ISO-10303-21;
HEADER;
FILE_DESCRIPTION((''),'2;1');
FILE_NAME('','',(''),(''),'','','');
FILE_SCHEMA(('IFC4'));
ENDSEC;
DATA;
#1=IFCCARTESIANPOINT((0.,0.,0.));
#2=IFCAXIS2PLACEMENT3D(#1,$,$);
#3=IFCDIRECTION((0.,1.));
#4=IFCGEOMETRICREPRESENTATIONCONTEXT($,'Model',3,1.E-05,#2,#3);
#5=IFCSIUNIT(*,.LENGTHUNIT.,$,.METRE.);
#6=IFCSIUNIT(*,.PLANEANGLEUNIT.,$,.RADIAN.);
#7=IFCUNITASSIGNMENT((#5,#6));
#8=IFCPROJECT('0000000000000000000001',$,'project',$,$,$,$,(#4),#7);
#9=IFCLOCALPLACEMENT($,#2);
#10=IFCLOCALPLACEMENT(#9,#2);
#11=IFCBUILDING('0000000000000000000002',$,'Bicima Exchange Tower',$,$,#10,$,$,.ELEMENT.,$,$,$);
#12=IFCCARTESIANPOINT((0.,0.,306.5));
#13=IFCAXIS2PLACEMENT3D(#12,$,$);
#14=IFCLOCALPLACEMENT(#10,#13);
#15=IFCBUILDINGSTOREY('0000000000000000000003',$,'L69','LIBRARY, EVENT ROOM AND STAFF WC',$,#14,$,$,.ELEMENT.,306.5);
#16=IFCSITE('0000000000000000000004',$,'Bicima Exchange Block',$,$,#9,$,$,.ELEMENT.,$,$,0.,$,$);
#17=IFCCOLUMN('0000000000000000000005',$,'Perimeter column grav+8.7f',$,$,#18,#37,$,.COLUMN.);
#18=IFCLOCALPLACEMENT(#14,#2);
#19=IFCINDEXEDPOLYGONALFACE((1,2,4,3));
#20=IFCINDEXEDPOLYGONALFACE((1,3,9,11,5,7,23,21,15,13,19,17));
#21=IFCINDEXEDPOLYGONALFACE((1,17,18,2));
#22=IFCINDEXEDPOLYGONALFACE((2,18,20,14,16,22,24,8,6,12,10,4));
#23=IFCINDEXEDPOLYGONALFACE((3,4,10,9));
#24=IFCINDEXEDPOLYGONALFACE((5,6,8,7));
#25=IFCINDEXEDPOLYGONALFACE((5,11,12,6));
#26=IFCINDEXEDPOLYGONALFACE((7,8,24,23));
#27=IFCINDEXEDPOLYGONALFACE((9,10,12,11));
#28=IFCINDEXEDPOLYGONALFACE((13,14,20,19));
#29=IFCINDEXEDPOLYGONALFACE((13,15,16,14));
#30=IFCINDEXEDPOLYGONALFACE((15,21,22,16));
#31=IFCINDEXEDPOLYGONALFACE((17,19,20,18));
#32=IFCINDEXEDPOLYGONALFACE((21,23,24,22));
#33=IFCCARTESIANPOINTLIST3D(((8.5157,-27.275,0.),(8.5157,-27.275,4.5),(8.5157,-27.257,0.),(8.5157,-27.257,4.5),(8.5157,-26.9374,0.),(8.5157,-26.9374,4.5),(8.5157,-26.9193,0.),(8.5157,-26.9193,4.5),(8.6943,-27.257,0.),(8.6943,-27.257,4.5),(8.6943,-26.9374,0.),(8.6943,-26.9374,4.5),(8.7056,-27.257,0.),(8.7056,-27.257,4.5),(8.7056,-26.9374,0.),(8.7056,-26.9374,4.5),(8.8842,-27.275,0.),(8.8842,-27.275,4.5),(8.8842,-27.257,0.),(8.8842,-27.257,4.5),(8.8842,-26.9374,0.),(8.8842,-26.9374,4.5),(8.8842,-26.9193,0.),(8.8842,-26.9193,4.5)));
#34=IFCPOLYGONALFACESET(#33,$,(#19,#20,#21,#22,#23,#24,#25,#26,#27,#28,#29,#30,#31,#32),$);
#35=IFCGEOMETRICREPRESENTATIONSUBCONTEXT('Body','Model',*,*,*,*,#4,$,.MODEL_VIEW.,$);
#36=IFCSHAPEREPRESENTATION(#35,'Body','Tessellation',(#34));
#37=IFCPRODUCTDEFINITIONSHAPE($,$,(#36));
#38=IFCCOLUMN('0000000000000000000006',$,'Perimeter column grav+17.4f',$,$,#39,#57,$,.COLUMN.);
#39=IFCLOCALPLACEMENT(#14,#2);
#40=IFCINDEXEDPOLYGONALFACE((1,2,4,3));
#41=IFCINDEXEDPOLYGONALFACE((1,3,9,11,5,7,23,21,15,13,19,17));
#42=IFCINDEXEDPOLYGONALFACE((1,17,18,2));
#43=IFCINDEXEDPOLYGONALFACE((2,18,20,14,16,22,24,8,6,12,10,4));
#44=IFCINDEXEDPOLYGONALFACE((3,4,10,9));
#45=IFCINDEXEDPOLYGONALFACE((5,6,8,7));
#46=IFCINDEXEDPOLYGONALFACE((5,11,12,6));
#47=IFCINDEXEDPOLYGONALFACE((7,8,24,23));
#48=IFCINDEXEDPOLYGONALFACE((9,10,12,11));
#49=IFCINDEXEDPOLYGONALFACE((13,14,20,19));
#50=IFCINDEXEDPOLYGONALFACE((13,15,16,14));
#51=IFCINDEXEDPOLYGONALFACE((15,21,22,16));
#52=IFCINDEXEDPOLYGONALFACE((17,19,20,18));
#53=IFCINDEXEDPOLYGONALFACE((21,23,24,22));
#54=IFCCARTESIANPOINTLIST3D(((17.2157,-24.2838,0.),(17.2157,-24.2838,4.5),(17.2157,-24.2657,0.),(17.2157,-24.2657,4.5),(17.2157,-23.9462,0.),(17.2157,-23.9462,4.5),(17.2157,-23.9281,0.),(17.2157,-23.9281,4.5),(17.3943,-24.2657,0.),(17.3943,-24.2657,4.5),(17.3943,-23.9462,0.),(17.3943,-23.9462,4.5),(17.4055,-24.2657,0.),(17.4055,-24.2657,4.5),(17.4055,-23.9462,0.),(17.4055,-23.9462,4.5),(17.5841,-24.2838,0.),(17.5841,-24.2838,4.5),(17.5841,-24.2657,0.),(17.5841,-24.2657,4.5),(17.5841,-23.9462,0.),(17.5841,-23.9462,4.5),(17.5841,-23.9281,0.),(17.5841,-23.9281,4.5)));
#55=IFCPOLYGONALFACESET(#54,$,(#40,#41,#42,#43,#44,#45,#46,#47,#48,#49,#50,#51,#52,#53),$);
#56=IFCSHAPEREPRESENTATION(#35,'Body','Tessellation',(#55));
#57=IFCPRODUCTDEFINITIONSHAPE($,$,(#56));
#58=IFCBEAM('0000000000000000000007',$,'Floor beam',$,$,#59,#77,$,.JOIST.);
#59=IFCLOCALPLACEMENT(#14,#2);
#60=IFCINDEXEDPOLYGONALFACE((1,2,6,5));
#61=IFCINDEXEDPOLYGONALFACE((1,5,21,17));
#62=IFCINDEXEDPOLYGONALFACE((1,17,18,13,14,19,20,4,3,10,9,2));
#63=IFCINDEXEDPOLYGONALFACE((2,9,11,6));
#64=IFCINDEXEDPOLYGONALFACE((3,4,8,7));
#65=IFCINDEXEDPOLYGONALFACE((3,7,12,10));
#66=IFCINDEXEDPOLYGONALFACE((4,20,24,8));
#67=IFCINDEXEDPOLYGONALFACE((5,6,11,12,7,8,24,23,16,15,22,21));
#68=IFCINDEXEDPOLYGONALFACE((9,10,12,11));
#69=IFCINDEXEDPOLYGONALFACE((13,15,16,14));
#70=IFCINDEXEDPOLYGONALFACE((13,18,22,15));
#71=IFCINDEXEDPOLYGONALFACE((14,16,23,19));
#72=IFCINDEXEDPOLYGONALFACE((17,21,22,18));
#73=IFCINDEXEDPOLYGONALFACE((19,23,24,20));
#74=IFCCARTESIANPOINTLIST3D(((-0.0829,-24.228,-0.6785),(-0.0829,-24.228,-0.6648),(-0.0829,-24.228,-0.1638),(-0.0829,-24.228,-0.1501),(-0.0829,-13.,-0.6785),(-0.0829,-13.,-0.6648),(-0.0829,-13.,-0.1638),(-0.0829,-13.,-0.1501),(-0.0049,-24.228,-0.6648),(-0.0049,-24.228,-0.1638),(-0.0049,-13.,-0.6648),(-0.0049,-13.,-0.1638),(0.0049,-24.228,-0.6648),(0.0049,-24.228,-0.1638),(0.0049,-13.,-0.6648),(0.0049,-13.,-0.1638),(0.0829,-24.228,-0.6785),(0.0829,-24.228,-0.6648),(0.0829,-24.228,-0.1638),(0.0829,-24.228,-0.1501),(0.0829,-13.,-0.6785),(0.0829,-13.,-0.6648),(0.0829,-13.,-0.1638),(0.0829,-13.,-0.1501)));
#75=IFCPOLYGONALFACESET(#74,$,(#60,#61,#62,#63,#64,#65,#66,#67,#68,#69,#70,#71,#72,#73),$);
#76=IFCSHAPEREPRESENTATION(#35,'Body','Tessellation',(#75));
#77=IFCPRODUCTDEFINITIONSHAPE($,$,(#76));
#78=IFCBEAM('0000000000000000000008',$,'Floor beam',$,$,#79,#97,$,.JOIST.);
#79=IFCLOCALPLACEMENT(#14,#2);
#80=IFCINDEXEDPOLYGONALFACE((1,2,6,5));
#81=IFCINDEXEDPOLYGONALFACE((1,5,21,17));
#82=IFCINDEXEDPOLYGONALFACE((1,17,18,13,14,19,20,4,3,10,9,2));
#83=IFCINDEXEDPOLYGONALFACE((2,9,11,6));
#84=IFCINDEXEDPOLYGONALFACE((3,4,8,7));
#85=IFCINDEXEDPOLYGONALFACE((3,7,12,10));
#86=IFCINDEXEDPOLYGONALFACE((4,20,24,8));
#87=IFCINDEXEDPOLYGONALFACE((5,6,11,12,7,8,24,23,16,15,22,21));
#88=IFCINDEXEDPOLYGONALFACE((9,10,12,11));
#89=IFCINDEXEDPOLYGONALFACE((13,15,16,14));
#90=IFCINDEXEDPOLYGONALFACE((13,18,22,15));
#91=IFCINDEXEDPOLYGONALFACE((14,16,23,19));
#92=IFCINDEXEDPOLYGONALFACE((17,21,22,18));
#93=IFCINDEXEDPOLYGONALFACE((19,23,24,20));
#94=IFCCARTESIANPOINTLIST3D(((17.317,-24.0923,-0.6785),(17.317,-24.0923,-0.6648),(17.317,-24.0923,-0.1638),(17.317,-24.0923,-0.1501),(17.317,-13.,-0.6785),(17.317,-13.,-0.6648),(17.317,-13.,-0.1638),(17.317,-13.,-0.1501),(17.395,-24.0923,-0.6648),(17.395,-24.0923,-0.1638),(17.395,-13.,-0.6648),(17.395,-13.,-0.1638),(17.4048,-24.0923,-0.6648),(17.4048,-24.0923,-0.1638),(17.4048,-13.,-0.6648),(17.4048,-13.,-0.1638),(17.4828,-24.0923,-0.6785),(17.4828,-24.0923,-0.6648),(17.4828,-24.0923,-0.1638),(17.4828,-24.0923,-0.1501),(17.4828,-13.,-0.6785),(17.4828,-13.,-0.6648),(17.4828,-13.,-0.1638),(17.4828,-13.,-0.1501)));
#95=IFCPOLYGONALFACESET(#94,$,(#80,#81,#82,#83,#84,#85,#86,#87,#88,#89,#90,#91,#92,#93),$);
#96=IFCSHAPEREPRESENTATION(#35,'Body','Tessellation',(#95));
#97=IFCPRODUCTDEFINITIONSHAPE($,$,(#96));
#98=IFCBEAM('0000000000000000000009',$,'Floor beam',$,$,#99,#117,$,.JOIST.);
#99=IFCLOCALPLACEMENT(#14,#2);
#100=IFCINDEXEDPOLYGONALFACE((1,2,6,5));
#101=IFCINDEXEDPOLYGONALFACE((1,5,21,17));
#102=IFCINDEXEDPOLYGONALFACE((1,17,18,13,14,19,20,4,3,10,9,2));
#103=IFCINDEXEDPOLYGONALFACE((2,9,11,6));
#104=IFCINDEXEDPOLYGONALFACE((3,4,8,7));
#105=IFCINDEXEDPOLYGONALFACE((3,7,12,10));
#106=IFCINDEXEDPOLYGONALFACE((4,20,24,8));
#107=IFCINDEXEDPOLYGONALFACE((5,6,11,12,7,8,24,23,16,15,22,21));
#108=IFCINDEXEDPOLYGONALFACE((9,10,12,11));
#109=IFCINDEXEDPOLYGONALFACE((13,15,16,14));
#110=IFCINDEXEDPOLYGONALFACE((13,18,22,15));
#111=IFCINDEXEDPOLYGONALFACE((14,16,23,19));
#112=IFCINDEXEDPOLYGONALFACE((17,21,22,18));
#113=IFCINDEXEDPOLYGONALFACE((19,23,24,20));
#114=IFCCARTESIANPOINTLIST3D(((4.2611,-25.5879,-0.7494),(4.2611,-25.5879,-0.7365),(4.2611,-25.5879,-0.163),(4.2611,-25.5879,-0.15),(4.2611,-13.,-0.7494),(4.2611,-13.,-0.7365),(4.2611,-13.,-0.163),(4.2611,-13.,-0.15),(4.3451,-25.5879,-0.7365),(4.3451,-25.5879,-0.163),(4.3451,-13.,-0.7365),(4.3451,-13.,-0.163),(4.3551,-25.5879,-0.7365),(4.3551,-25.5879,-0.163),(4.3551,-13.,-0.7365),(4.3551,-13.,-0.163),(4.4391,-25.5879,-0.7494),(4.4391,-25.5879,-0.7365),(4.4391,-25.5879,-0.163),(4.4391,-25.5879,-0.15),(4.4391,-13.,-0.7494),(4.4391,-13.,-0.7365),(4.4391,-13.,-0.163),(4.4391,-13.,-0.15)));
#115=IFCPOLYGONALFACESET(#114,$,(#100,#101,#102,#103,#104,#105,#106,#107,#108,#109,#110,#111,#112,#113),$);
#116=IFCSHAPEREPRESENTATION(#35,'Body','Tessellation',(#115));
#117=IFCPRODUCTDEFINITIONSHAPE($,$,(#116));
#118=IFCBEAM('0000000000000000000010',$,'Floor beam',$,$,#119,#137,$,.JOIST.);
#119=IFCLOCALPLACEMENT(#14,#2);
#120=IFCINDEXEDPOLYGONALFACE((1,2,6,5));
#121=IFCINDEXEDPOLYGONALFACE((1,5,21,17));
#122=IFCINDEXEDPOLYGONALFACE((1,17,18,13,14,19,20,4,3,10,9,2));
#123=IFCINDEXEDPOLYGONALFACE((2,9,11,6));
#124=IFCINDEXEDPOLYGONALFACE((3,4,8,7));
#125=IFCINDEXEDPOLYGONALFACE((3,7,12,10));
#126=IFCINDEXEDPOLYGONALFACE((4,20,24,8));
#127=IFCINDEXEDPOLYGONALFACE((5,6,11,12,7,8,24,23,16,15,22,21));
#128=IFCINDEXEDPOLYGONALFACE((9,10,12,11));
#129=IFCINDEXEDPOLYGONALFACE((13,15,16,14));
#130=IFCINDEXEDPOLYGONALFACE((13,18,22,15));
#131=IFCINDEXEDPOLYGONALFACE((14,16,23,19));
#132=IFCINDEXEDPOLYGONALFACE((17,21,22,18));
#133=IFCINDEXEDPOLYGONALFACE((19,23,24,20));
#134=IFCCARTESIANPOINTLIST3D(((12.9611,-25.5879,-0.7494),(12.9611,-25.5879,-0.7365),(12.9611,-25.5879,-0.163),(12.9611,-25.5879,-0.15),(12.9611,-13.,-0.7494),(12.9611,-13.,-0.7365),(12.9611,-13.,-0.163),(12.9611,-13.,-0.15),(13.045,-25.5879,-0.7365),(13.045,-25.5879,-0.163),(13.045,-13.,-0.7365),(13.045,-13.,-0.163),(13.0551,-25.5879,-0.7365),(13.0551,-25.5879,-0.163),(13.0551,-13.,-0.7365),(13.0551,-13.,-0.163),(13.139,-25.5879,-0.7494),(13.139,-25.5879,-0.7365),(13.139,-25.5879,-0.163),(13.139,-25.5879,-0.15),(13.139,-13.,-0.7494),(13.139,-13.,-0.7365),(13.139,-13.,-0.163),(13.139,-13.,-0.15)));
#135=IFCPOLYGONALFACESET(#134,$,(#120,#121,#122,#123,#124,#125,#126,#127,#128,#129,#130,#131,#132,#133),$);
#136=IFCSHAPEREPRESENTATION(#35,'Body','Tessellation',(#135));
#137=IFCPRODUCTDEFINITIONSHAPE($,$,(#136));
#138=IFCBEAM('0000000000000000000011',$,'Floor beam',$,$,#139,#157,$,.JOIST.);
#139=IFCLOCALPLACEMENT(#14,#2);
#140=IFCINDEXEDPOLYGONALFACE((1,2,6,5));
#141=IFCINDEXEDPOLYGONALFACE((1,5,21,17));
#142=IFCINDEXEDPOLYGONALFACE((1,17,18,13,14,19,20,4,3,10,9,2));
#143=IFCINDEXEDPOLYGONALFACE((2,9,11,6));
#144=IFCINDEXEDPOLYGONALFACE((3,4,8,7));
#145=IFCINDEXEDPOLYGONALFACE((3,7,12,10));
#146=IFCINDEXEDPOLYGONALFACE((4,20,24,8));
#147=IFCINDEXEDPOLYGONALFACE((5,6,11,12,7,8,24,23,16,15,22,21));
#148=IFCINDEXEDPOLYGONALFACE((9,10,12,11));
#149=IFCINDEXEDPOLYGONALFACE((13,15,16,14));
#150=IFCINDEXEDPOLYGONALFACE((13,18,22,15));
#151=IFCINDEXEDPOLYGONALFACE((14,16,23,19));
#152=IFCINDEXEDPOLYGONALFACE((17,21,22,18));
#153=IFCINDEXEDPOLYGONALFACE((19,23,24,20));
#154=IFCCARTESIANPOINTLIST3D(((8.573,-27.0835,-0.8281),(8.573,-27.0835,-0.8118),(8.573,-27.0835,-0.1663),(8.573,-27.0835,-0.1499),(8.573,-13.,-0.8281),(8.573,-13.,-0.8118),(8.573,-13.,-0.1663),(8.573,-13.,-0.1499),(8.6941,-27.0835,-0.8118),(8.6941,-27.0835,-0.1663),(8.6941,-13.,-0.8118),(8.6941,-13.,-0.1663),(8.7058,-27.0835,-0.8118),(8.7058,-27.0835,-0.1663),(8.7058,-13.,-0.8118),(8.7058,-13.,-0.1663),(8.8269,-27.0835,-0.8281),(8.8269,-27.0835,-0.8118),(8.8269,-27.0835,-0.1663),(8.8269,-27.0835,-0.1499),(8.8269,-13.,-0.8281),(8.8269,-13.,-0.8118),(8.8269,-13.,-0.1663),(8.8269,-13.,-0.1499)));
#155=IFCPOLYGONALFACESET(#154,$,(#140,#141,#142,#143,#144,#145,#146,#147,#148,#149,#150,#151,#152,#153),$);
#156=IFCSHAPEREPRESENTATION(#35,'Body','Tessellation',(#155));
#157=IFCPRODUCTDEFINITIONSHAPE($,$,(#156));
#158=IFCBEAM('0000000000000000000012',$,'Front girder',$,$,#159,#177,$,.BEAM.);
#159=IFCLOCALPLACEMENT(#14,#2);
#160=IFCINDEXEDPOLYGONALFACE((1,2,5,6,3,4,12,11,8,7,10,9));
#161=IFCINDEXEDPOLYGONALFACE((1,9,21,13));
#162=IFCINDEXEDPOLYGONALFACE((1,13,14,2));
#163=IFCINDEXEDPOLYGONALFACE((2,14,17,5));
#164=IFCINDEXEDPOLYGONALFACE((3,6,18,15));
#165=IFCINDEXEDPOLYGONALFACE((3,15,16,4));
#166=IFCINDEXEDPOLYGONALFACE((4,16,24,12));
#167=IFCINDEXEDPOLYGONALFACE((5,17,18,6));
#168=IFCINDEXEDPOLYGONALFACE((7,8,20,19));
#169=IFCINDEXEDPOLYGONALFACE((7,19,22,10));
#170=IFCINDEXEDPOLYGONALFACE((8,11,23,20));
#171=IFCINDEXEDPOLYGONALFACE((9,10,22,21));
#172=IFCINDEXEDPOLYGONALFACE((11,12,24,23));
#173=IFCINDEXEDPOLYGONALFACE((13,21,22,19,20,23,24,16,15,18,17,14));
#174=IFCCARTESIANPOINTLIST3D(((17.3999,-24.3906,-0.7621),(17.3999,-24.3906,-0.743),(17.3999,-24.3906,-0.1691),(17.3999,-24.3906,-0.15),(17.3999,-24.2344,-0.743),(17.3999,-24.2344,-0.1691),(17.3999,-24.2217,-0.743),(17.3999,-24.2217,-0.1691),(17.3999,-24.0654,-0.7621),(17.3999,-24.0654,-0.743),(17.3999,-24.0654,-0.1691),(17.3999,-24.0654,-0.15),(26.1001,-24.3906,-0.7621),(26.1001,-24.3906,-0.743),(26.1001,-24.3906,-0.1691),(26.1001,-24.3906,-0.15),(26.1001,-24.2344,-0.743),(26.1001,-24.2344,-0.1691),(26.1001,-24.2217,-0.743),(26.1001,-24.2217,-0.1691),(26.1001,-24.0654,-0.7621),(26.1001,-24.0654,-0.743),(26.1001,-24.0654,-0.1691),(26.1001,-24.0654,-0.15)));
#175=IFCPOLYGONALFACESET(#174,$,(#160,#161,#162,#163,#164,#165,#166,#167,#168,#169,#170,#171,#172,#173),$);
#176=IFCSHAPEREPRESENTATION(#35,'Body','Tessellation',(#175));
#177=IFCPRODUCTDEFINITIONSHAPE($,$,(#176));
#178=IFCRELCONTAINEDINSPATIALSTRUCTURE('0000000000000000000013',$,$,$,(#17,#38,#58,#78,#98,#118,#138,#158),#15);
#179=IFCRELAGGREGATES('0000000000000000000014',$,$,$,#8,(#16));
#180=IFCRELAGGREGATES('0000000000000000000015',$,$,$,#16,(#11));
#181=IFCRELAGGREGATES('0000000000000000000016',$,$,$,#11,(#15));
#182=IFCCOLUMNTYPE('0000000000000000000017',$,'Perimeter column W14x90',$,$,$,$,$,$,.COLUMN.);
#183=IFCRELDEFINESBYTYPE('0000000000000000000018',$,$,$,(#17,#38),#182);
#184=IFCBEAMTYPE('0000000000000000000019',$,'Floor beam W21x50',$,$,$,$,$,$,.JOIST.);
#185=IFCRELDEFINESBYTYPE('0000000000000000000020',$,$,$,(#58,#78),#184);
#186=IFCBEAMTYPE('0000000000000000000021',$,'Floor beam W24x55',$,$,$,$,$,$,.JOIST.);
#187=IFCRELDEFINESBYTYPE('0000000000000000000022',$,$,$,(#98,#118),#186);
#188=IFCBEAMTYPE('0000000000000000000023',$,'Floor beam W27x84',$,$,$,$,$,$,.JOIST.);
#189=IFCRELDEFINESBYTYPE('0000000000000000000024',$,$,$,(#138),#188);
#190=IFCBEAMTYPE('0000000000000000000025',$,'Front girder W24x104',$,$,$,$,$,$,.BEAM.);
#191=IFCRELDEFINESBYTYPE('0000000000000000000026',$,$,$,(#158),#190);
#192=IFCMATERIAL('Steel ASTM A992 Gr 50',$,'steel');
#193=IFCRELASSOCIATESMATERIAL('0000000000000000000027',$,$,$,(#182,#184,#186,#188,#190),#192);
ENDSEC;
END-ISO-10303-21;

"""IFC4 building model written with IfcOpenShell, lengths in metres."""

from ifc_helpers import new_model, si_unit, direction, frame, origin, origin_2d, place, context, subcontext, project, spatial, i_section, extrude, material, material_profile, profile_set, type_object, element, save


model = new_model("IFC4")

# Units and contexts
model_context = context("Model", 3, precision=1e-05, world=origin(), true_north=direction((0.0, 1.0)))
body_context = subcontext(model_context, "Body", "Model", "MODEL_VIEW")
ifc_project = project(units=[si_unit("LENGTHUNIT", "METRE"), si_unit("PLANEANGLEUNIT", "RADIAN")], contexts=[model_context])

# Site, building, storey
site_placement = place(None, origin())
site = spatial("IfcSite", under=ifc_project, at=site_placement, Name="Bicima Exchange Block", CompositionType="ELEMENT", RefElevation=0.0)
building_placement = place(site_placement, origin())
building = spatial("IfcBuilding", under=site, at=building_placement, Name="Bicima Exchange Tower", CompositionType="ELEMENT")
storey_placement = place(building_placement, frame((0.0, 0.0, 306.5)))
storey = spatial("IfcBuildingStorey", under=building, at=storey_placement, Name="L69", Description="LIBRARY, EVENT ROOM AND STAFF WC", CompositionType="ELEMENT", Elevation=306.5)

# Columns
ifc_material_1 = material(Name="Steel ASTM A992 Gr 50", Category="steel")
ifc_material_profile_1 = material_profile(ifc_material_1, i_section(OverallWidth=0.3684, OverallDepth=0.3557, WebThickness=0.0112, FlangeThickness=0.0181, at=origin_2d()))
ifc_profile_set_1 = profile_set([ifc_material_profile_1], Name="Steel ASTM A992 Gr 50")
column_type = type_object("IfcColumnType", Name="Perimeter column W14x90", PredefinedType="COLUMN", material=ifc_profile_set_1)
for number, where, z_axis, x_axis, name in (
    (1, (8.7, -27.0972, 0.0), (0.0, 0.0, 1.0), (1.0, 0.0, 0.0), "Perimeter column grav+8.7f"),
    (2, (17.3999, -24.106, 0.0), (0.0, 0.0, 1.0), (1.0, 0.0, 0.0), "Perimeter column grav+17.4f"),
):
    element("IfcColumn", number, at=place(storey_placement, frame(where, z_axis=z_axis, x_axis=x_axis)), inside=storey, type_object=column_type, Name=name, PredefinedType="COLUMN", context=body_context, shape_type="SweptSolid", body=[
        extrude(i_section(OverallWidth=0.3684, OverallDepth=0.3557, WebThickness=0.0112, FlangeThickness=0.0181, at=origin_2d()), origin(), (0.0, 0.0, 1.0), 4.5),
    ])

# Beams
ifc_material_profile_2 = material_profile(ifc_material_1, i_section(OverallWidth=0.1658, OverallDepth=0.5283, WebThickness=0.0098, FlangeThickness=0.0137, at=origin_2d()))
ifc_profile_set_2 = profile_set([ifc_material_profile_2], Name="Steel ASTM A992 Gr 50")
beam_type_1 = type_object("IfcBeamType", Name="Floor beam W21x50", PredefinedType="JOIST", material=ifc_profile_set_2)
beam_1_placement = place(storey_placement, frame((0.0, -13.0, -0.4143), z_axis=(0.0, -1.0, 0.0), x_axis=(1.0, 0.0, 0.0)))
element("IfcBeam", 3, at=beam_1_placement, inside=storey, type_object=beam_type_1, Name="Floor beam", PredefinedType="JOIST", context=body_context, shape_type="SweptSolid", body=[
    extrude(i_section(OverallWidth=0.1658, OverallDepth=0.5283, WebThickness=0.0098, FlangeThickness=0.0137, at=origin_2d()), origin(), (0.0, 0.0, 1.0), 11.228),
])
beam_2_placement = place(storey_placement, frame((17.3999, -13.0, -0.4143), z_axis=(0.0, -1.0, 0.0), x_axis=(1.0, 0.0, 0.0)))
element("IfcBeam", 4, at=beam_2_placement, inside=storey, type_object=beam_type_1, Name="Floor beam", PredefinedType="JOIST", context=body_context, shape_type="SweptSolid", body=[
    extrude(i_section(OverallWidth=0.1658, OverallDepth=0.5283, WebThickness=0.0098, FlangeThickness=0.0137, at=origin_2d()), origin(), (0.0, 0.0, 1.0), 11.0923),
])
ifc_material_profile_3 = material_profile(ifc_material_1, i_section(OverallWidth=0.178, OverallDepth=0.5994, WebThickness=0.01, FlangeThickness=0.0129, at=origin_2d()))
ifc_profile_set_3 = profile_set([ifc_material_profile_3], Name="Steel ASTM A992 Gr 50")
beam_type_2 = type_object("IfcBeamType", Name="Floor beam W24x55", PredefinedType="JOIST", material=ifc_profile_set_3)
for number, where, z_axis, x_axis, name in (
    (5, (4.3501, -13.0, -0.4497), (0.0, -1.0, 0.0), (1.0, 0.0, 0.0), "Floor beam"),
    (6, (13.05, -13.0, -0.4497), (0.0, -1.0, 0.0), (1.0, 0.0, 0.0), "Floor beam"),
):
    element("IfcBeam", number, at=place(storey_placement, frame(where, z_axis=z_axis, x_axis=x_axis)), inside=storey, type_object=beam_type_2, Name=name, PredefinedType="JOIST", context=body_context, shape_type="SweptSolid", body=[
        extrude(i_section(OverallWidth=0.178, OverallDepth=0.5994, WebThickness=0.01, FlangeThickness=0.0129, at=origin_2d()), origin(), (0.0, 0.0, 1.0), 12.5879),
    ])
ifc_material_profile_4 = material_profile(ifc_material_1, i_section(OverallWidth=0.2539, OverallDepth=0.6782, WebThickness=0.0117, FlangeThickness=0.0164, at=origin_2d()))
ifc_profile_set_4 = profile_set([ifc_material_profile_4], Name="Steel ASTM A992 Gr 50")
beam_type_3 = type_object("IfcBeamType", Name="Floor beam W27x84", PredefinedType="JOIST", material=ifc_profile_set_4)
beam_3_placement = place(storey_placement, frame((8.7, -13.0, -0.489), z_axis=(0.0, -1.0, 0.0), x_axis=(1.0, 0.0, 0.0)))
element("IfcBeam", 7, at=beam_3_placement, inside=storey, type_object=beam_type_3, Name="Floor beam", PredefinedType="JOIST", context=body_context, shape_type="SweptSolid", body=[
    extrude(i_section(OverallWidth=0.2539, OverallDepth=0.6782, WebThickness=0.0117, FlangeThickness=0.0164, at=origin_2d()), origin(), (0.0, 0.0, 1.0), 14.0835),
])
ifc_material_profile_5 = material_profile(ifc_material_1, i_section(OverallWidth=0.3252, OverallDepth=0.6121, WebThickness=0.0127, FlangeThickness=0.019, at=origin_2d()))
ifc_profile_set_5 = profile_set([ifc_material_profile_5], Name="Steel ASTM A992 Gr 50")
beam_type_4 = type_object("IfcBeamType", Name="Front girder W24x104", PredefinedType="BEAM", material=ifc_profile_set_5)
beam_4_placement = place(storey_placement, frame((17.3999, -24.228, -0.4561), z_axis=(1.0, 0.0, 0.0), x_axis=(0.0, 1.0, 0.0)))
element("IfcBeam", 8, at=beam_4_placement, inside=storey, type_object=beam_type_4, Name="Front girder", PredefinedType="BEAM", context=body_context, shape_type="SweptSolid", body=[
    extrude(i_section(OverallWidth=0.3252, OverallDepth=0.6121, WebThickness=0.0127, FlangeThickness=0.019, at=origin_2d()), origin(), (0.0, 0.0, 1.0), 8.7002),
])

save(model, "model.ifc")
